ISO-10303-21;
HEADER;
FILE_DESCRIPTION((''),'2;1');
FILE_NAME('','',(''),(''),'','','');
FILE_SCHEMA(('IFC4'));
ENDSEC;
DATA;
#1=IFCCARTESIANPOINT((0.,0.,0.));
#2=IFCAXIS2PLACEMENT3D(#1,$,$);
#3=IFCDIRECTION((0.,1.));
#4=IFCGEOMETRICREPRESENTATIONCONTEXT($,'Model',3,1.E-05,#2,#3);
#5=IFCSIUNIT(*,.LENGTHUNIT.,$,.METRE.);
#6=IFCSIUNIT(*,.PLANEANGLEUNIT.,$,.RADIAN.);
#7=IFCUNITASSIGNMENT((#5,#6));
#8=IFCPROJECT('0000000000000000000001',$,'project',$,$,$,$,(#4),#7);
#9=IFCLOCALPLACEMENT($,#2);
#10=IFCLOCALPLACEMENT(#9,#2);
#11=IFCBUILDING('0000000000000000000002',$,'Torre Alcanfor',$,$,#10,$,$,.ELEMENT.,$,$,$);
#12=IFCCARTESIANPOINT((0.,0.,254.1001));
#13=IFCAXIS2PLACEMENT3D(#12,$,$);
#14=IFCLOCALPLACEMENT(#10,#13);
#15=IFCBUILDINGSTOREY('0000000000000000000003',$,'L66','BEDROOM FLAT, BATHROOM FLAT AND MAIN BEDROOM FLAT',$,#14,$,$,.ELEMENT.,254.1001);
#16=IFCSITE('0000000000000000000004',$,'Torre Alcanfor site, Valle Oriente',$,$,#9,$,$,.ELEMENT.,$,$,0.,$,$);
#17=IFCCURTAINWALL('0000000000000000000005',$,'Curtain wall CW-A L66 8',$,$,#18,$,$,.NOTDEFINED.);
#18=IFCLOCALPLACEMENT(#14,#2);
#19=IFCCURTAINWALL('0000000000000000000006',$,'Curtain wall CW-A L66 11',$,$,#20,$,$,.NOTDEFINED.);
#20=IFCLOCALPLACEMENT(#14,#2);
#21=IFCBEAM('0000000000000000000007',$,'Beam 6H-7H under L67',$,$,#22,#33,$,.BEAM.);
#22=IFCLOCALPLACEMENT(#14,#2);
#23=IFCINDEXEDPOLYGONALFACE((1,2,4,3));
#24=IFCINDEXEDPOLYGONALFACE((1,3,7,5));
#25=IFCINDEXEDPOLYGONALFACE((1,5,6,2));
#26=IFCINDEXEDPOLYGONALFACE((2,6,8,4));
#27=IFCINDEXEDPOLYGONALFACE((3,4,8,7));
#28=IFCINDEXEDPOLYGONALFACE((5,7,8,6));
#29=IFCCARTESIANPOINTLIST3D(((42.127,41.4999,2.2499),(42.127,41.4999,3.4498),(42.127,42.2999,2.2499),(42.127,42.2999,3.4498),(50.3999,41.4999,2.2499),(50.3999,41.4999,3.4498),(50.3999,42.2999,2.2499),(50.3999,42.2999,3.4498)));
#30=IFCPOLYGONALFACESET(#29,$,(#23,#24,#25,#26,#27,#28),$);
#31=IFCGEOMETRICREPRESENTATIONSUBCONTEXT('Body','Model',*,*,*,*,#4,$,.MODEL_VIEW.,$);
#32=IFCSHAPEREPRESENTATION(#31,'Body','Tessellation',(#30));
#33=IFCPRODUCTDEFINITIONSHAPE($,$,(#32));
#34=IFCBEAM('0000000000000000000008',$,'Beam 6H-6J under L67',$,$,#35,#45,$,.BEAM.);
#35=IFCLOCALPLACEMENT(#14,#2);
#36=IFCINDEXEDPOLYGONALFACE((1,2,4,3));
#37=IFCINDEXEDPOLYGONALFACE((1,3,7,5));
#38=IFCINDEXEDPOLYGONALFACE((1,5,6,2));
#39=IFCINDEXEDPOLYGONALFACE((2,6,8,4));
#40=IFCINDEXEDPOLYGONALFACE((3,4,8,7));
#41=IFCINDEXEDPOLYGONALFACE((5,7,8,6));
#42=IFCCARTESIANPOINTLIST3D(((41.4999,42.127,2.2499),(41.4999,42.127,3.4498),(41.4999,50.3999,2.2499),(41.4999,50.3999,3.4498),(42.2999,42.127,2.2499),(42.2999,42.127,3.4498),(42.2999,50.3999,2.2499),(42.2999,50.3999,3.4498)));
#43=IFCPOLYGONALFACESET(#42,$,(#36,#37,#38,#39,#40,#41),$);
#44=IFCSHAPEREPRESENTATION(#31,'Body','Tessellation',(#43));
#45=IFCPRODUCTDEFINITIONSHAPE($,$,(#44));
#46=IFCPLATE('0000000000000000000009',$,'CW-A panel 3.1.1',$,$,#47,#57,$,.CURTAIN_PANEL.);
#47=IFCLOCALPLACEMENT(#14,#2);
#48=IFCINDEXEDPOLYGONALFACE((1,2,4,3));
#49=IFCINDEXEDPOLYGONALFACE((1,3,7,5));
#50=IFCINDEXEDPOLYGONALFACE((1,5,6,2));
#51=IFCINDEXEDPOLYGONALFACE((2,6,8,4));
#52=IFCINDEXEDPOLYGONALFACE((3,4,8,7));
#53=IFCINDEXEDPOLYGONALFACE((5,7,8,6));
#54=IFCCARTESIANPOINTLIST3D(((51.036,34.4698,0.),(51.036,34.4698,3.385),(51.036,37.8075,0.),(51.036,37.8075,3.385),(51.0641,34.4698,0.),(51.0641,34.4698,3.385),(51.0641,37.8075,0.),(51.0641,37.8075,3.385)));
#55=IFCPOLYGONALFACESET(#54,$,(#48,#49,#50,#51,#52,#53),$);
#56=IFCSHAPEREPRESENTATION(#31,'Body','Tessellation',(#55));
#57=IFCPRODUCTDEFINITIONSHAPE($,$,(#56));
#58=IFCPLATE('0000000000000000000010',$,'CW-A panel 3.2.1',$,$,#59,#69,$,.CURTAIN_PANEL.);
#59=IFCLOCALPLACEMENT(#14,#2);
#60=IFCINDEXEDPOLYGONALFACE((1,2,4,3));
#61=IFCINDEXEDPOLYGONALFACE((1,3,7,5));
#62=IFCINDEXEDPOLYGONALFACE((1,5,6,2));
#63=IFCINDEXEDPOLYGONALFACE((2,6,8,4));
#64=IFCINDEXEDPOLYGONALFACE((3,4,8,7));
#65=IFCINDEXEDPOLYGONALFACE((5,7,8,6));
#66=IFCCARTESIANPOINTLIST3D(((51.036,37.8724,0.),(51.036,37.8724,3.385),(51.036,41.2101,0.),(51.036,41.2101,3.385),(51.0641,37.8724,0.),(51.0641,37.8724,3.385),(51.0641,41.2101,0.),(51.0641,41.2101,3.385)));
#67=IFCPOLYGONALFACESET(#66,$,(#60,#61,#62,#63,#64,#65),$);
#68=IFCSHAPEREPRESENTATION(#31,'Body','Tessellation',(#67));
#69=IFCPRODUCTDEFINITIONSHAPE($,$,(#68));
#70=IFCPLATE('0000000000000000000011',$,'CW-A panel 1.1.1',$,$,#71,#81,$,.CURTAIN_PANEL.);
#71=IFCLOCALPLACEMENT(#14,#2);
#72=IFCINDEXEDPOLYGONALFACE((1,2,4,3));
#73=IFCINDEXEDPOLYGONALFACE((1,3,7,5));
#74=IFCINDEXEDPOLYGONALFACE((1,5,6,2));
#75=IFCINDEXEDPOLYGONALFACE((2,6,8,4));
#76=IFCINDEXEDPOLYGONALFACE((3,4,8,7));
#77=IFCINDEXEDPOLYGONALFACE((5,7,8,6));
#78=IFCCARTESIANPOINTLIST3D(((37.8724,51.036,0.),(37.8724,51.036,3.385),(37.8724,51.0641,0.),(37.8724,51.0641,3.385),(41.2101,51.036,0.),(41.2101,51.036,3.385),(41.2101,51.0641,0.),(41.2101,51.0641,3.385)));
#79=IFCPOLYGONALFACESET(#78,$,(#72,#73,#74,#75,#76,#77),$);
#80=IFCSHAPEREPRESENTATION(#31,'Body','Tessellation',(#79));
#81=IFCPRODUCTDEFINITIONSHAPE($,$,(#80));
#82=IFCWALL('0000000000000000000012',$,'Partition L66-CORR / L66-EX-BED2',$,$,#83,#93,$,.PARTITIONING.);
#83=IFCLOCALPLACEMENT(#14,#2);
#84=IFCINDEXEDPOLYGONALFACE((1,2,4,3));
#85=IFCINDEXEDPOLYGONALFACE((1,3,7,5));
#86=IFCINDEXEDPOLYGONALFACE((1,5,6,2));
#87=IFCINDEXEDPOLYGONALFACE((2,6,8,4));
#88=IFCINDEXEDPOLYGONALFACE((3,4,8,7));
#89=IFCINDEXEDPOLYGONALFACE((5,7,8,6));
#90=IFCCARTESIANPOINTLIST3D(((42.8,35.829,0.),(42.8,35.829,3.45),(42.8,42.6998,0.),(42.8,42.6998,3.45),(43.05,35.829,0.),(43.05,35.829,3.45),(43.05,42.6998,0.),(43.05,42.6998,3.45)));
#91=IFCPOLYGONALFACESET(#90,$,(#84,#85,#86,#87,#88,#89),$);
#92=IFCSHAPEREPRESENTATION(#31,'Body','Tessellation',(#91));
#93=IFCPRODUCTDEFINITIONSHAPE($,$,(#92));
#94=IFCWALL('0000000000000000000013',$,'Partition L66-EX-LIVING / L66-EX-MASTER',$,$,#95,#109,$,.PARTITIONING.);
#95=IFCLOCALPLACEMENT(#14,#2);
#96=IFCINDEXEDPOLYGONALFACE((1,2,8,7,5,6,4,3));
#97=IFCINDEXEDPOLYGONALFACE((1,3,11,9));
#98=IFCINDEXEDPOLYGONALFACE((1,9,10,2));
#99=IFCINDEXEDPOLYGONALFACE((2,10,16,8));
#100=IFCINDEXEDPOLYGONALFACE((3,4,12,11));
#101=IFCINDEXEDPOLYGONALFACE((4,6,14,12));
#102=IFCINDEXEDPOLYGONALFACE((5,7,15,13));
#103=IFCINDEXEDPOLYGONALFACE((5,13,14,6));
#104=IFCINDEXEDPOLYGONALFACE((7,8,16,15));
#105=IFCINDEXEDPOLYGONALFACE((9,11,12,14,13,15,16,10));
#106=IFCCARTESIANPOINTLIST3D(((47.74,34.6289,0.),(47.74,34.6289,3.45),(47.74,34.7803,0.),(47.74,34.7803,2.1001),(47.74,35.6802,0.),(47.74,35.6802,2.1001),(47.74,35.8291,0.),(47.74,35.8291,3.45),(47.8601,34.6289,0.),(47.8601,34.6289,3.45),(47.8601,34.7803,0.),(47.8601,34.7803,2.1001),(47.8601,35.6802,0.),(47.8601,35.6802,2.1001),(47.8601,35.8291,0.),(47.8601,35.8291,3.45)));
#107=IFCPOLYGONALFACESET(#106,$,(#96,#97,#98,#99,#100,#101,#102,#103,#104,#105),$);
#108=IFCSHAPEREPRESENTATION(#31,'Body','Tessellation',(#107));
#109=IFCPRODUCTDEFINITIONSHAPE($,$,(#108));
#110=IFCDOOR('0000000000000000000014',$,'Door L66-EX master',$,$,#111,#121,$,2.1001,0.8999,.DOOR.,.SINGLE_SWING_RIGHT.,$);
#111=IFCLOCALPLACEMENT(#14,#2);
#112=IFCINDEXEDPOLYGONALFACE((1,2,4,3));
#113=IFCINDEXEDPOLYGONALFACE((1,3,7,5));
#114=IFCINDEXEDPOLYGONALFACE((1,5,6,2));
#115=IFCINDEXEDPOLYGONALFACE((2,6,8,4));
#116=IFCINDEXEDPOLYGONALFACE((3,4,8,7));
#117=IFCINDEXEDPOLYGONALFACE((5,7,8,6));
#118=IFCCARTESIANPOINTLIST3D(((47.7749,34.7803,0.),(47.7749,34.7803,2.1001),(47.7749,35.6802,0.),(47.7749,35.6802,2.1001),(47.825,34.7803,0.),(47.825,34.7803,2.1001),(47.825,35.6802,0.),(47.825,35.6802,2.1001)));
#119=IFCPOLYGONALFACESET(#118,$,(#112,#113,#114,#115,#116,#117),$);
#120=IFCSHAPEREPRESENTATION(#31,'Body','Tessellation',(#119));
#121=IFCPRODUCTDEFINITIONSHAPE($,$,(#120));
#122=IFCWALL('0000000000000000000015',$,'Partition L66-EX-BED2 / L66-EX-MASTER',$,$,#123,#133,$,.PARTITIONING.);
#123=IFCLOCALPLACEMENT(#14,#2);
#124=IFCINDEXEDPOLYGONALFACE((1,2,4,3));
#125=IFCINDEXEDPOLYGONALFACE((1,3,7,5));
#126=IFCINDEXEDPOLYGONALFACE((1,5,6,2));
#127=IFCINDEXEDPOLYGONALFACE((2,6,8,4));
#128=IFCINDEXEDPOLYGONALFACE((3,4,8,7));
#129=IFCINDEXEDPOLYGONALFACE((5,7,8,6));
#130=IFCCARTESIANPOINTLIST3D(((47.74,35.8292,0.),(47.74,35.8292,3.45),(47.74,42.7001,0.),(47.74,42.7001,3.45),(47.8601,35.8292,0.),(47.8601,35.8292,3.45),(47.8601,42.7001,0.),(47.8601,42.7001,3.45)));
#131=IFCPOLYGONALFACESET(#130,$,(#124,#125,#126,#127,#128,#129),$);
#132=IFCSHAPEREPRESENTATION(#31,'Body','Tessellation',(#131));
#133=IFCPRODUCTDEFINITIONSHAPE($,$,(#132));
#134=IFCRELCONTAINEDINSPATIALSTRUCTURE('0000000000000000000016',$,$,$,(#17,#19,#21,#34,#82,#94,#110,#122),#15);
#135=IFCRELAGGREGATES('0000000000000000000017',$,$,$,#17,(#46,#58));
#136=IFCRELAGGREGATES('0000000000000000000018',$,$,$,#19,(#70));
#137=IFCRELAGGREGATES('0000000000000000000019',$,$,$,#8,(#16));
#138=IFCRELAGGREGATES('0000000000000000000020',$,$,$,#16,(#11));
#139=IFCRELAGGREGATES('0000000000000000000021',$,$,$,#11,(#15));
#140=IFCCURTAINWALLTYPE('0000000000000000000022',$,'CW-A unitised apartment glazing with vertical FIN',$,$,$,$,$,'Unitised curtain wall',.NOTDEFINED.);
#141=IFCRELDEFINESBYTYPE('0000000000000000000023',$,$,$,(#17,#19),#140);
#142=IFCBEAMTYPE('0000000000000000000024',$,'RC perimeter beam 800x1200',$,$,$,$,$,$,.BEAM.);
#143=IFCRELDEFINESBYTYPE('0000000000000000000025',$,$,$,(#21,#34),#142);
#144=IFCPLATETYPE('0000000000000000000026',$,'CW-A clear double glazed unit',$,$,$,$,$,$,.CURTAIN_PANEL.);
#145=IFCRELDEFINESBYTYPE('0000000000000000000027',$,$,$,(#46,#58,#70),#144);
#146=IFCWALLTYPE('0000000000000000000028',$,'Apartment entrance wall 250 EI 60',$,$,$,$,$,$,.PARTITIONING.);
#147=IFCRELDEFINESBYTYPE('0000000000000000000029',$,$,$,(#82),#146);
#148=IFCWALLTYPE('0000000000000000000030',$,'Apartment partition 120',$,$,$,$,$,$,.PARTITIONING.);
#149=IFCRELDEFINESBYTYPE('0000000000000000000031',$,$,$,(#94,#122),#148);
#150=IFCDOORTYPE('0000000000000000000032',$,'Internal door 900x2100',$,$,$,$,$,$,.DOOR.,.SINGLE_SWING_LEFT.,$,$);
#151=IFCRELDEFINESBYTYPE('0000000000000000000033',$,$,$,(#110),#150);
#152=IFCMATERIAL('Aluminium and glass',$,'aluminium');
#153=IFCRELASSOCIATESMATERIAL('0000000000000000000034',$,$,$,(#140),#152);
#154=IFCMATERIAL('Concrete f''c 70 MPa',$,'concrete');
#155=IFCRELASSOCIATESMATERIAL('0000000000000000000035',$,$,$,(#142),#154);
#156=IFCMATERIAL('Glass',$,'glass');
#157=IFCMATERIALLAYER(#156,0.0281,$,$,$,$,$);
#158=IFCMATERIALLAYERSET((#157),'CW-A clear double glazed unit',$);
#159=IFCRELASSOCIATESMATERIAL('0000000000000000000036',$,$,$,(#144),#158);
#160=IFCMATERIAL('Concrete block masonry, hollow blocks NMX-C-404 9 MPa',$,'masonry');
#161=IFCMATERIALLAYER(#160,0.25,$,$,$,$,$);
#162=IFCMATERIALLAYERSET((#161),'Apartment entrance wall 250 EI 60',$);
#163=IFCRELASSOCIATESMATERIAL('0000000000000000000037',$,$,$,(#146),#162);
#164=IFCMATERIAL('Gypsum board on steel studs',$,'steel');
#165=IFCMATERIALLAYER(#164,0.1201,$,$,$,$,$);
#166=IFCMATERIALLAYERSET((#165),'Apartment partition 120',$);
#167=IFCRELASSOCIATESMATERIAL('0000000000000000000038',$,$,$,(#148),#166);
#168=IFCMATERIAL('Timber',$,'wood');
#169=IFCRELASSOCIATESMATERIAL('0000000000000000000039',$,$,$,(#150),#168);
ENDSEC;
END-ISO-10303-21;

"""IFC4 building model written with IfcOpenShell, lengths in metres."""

from ifc_helpers import new_model, si_unit, direction, frame, frame_2d, origin, origin_2d, place, context, subcontext, project, spatial, rectangle, extrude, material, layer, layer_set, material_profile, profile_set, type_object, element, fill, aggregate, save


model = new_model("IFC4")

# Units and contexts
model_context = context("Model", 3, precision=1e-05, world=origin(), true_north=direction((0.0, 1.0)))
body_context = subcontext(model_context, "Body", "Model", "MODEL_VIEW")
ifc_project = project(units=[si_unit("LENGTHUNIT", "METRE"), si_unit("PLANEANGLEUNIT", "RADIAN")], contexts=[model_context])

# Site, building, storey
site_placement = place(None, origin())
site = spatial("IfcSite", under=ifc_project, at=site_placement, Name="Torre Alcanfor site, Valle Oriente", CompositionType="ELEMENT", RefElevation=0.0)
building_placement = place(site_placement, origin())
building = spatial("IfcBuilding", under=site, at=building_placement, Name="Torre Alcanfor", CompositionType="ELEMENT")
storey_placement = place(building_placement, frame((0.0, 0.0, 254.1001)))
storey = spatial("IfcBuildingStorey", under=building, at=storey_placement, Name="L66", Description="BEDROOM FLAT, BATHROOM FLAT AND MAIN BEDROOM FLAT", CompositionType="ELEMENT", Elevation=254.1001)

# Curtain wall
ifc_material_1 = material(Name="Aluminium and glass", Category="aluminium")
curtain_wall_type = type_object("IfcCurtainWallType", Name="CW-A unitised apartment glazing with vertical FIN", ElementType="Unitised curtain wall", PredefinedType="NOTDEFINED", material=ifc_material_1)
curtain_wall_1_placement = place(storey_placement, origin())
curtain_wall_1 = element("IfcCurtainWall", 1, at=curtain_wall_1_placement, inside=storey, type_object=curtain_wall_type, Name="Curtain wall CW-A L66 8", PredefinedType="NOTDEFINED")

# Curtain wall
curtain_wall_2_placement = place(storey_placement, origin())
curtain_wall_2 = element("IfcCurtainWall", 2, at=curtain_wall_2_placement, inside=storey, type_object=curtain_wall_type, Name="Curtain wall CW-A L66 11", PredefinedType="NOTDEFINED")

# Beams
ifc_material_2 = material(Name="Concrete f'c 70 MPa", Category="concrete")
ifc_material_profile_1 = material_profile(ifc_material_2, rectangle(XDim=0.8, YDim=1.2, at=origin_2d()), Name="800x1200")
ifc_profile_set_1 = profile_set([ifc_material_profile_1], Name="Concrete f'c 70 MPa")
beam_type = type_object("IfcBeamType", Name="RC perimeter beam 800x1200", PredefinedType="BEAM", material=ifc_profile_set_1)
for number, where, z_axis, x_axis, name in (
    (3, (42.127, 41.8999, 2.8499), (1.0, 0.0, 0.0), (0.0, 1.0, 0.0), "Beam 6H-7H under L67"),
    (4, (41.8999, 42.127, 2.8499), (0.0, 1.0, 0.0), (-1.0, 0.0, 0.0), "Beam 6H-6J under L67"),
):
    element("IfcBeam", number, at=place(storey_placement, frame(where, z_axis=z_axis, x_axis=x_axis)), inside=storey, type_object=beam_type, Name=name, PredefinedType="BEAM", context=body_context, shape_type="SweptSolid", body=[
        extrude(rectangle(XDim=0.8, YDim=1.2, at=origin_2d()), origin(), (0.0, 0.0, 1.0), 8.2729),
    ])

# Plates
ifc_material_3 = material(Name="Glass", Category="glass")
ifc_layer_1 = layer(ifc_material_3, 0.0281)
ifc_layer_set_1 = layer_set([ifc_layer_1], Name="CW-A clear double glazed unit")
plate_type = type_object("IfcPlateType", Name="CW-A clear double glazed unit", PredefinedType="CURTAIN_PANEL", material=ifc_layer_set_1)
plate_1_placement = place(storey_placement, frame((51.05, 36.1387, 0.0), z_axis=(0.0, 0.0, 1.0), x_axis=(0.0, 1.0, 0.0)))
plate_1 = element("IfcPlate", 5, at=plate_1_placement, type_object=plate_type, Name="CW-A panel 3.1.1", PredefinedType="CURTAIN_PANEL", context=body_context, shape_type="SweptSolid", body=[
    extrude(rectangle(XDim=3.3376, YDim=0.0281, at=origin_2d()), origin(), (0.0, 0.0, 1.0), 3.385),
])
plate_2_placement = place(storey_placement, frame((51.05, 39.5413, 0.0), z_axis=(0.0, 0.0, 1.0), x_axis=(0.0, 1.0, 0.0)))
plate_2 = element("IfcPlate", 6, at=plate_2_placement, type_object=plate_type, Name="CW-A panel 3.2.1", PredefinedType="CURTAIN_PANEL", context=body_context, shape_type="SweptSolid", body=[
    extrude(rectangle(XDim=3.3376, YDim=0.0281, at=origin_2d()), origin(), (0.0, 0.0, 1.0), 3.385),
])
aggregate(curtain_wall_1, [plate_1, plate_2])
plate_3_placement = place(storey_placement, frame((39.5413, 51.05, 0.0), z_axis=(0.0, 0.0, 1.0), x_axis=(-1.0, 0.0, 0.0)))
plate_3 = element("IfcPlate", 7, at=plate_3_placement, type_object=plate_type, Name="CW-A panel 1.1.1", PredefinedType="CURTAIN_PANEL", context=body_context, shape_type="SweptSolid", body=[
    extrude(rectangle(XDim=3.3376, YDim=0.0281, at=origin_2d()), origin(), (0.0, 0.0, 1.0), 3.385),
])
aggregate(curtain_wall_2, [plate_3])

# Wall
ifc_material_4 = material(Name="Concrete block masonry, hollow blocks NMX-C-404 9 MPa", Category="masonry")
ifc_layer_2 = layer(ifc_material_4, 0.25)
ifc_layer_set_2 = layer_set([ifc_layer_2], Name="Apartment entrance wall 250 EI 60")
wall_type_1 = type_object("IfcWallType", Name="Apartment entrance wall 250 EI 60", PredefinedType="PARTITIONING", material=ifc_layer_set_2)
wall_1_placement = place(storey_placement, frame((42.925, 42.7, 0.0), z_axis=(0.0, 0.0, 1.0), x_axis=(0.0, -1.0, 0.0)))
element("IfcWall", 8, at=wall_1_placement, inside=storey, type_object=wall_type_1, Name="Partition L66-CORR / L66-EX-BED2", PredefinedType="PARTITIONING", context=body_context, shape_type="SweptSolid", body=[
    extrude(rectangle(XDim=6.8708, YDim=0.25, at=frame_2d((3.4355, 0.0))), origin(), (0.0, 0.0, 1.0), 3.45),
])

# Wall, opening, door
ifc_material_5 = material(Name="Gypsum board on steel studs", Category="steel")
ifc_layer_3 = layer(ifc_material_5, 0.1201)
ifc_layer_set_3 = layer_set([ifc_layer_3], Name="Apartment partition 120")
wall_type_2 = type_object("IfcWallType", Name="Apartment partition 120", PredefinedType="PARTITIONING", material=ifc_layer_set_3)
wall_2_placement = place(storey_placement, frame((47.8, 35.8291, 0.0), z_axis=(0.0, 0.0, 1.0), x_axis=(0.0, -1.0, 0.0)))
wall_2 = element("IfcWall", 9, at=wall_2_placement, inside=storey, type_object=wall_type_2, Name="Partition L66-EX-LIVING / L66-EX-MASTER", PredefinedType="PARTITIONING", context=body_context, shape_type="SweptSolid", body=[
    extrude(rectangle(XDim=1.2002, YDim=0.1201, at=frame_2d((0.6001, 0.0))), origin(), (0.0, 0.0, 1.0), 3.45),
])
opening_1_placement = place(wall_2_placement, frame((0.1489, 0.0, 0.0)))
opening_1 = element("IfcOpeningElement", 10, at=opening_1_placement, cuts=wall_2, PredefinedType="OPENING", context=body_context, shape_type="SweptSolid", body=[
    extrude(rectangle(XDim=0.8999, YDim=2.1001, at=frame_2d((0.45, 1.05))), frame((0.0, 0.0701, 0.0), z_axis=(0.0, -1.0, 0.0), x_axis=(1.0, 0.0, 0.0)), (0.0, 0.0, 1.0), 0.1401),
])
ifc_material_6 = material(Name="Timber", Category="wood")
door_type = type_object("IfcDoorType", Name="Internal door 900x2100", OperationType="SINGLE_SWING_LEFT", PredefinedType="DOOR", material=ifc_material_6)
door_placement = place(opening_1_placement, origin())
door = element("IfcDoor", 11, at=door_placement, inside=storey, type_object=door_type, Name="Door L66-EX master", OperationType="SINGLE_SWING_RIGHT", OverallHeight=2.1001, OverallWidth=0.8999, PredefinedType="DOOR", context=body_context, shape_type="SweptSolid", body=[
    extrude(rectangle(XDim=0.8999, YDim=2.1001, at=frame_2d((0.45, 1.05))), frame((0.0, 0.0249, 0.0), z_axis=(0.0, -1.0, 0.0), x_axis=(1.0, 0.0, 0.0)), (0.0, 0.0, 1.0), 0.05),
])
fill(opening_1, door)

# Wall
wall_3_placement = place(storey_placement, frame((47.8, 35.8291, 0.0), z_axis=(0.0, 0.0, 1.0), x_axis=(0.0, 1.0, 0.0)))
element("IfcWall", 12, at=wall_3_placement, inside=storey, type_object=wall_type_2, Name="Partition L66-EX-BED2 / L66-EX-MASTER", PredefinedType="PARTITIONING", context=body_context, shape_type="SweptSolid", body=[
    extrude(rectangle(XDim=6.8708, YDim=0.1201, at=frame_2d((3.4355, 0.0))), origin(), (0.0, 0.0, 1.0), 3.45),
])

save(model, "model.ifc")
